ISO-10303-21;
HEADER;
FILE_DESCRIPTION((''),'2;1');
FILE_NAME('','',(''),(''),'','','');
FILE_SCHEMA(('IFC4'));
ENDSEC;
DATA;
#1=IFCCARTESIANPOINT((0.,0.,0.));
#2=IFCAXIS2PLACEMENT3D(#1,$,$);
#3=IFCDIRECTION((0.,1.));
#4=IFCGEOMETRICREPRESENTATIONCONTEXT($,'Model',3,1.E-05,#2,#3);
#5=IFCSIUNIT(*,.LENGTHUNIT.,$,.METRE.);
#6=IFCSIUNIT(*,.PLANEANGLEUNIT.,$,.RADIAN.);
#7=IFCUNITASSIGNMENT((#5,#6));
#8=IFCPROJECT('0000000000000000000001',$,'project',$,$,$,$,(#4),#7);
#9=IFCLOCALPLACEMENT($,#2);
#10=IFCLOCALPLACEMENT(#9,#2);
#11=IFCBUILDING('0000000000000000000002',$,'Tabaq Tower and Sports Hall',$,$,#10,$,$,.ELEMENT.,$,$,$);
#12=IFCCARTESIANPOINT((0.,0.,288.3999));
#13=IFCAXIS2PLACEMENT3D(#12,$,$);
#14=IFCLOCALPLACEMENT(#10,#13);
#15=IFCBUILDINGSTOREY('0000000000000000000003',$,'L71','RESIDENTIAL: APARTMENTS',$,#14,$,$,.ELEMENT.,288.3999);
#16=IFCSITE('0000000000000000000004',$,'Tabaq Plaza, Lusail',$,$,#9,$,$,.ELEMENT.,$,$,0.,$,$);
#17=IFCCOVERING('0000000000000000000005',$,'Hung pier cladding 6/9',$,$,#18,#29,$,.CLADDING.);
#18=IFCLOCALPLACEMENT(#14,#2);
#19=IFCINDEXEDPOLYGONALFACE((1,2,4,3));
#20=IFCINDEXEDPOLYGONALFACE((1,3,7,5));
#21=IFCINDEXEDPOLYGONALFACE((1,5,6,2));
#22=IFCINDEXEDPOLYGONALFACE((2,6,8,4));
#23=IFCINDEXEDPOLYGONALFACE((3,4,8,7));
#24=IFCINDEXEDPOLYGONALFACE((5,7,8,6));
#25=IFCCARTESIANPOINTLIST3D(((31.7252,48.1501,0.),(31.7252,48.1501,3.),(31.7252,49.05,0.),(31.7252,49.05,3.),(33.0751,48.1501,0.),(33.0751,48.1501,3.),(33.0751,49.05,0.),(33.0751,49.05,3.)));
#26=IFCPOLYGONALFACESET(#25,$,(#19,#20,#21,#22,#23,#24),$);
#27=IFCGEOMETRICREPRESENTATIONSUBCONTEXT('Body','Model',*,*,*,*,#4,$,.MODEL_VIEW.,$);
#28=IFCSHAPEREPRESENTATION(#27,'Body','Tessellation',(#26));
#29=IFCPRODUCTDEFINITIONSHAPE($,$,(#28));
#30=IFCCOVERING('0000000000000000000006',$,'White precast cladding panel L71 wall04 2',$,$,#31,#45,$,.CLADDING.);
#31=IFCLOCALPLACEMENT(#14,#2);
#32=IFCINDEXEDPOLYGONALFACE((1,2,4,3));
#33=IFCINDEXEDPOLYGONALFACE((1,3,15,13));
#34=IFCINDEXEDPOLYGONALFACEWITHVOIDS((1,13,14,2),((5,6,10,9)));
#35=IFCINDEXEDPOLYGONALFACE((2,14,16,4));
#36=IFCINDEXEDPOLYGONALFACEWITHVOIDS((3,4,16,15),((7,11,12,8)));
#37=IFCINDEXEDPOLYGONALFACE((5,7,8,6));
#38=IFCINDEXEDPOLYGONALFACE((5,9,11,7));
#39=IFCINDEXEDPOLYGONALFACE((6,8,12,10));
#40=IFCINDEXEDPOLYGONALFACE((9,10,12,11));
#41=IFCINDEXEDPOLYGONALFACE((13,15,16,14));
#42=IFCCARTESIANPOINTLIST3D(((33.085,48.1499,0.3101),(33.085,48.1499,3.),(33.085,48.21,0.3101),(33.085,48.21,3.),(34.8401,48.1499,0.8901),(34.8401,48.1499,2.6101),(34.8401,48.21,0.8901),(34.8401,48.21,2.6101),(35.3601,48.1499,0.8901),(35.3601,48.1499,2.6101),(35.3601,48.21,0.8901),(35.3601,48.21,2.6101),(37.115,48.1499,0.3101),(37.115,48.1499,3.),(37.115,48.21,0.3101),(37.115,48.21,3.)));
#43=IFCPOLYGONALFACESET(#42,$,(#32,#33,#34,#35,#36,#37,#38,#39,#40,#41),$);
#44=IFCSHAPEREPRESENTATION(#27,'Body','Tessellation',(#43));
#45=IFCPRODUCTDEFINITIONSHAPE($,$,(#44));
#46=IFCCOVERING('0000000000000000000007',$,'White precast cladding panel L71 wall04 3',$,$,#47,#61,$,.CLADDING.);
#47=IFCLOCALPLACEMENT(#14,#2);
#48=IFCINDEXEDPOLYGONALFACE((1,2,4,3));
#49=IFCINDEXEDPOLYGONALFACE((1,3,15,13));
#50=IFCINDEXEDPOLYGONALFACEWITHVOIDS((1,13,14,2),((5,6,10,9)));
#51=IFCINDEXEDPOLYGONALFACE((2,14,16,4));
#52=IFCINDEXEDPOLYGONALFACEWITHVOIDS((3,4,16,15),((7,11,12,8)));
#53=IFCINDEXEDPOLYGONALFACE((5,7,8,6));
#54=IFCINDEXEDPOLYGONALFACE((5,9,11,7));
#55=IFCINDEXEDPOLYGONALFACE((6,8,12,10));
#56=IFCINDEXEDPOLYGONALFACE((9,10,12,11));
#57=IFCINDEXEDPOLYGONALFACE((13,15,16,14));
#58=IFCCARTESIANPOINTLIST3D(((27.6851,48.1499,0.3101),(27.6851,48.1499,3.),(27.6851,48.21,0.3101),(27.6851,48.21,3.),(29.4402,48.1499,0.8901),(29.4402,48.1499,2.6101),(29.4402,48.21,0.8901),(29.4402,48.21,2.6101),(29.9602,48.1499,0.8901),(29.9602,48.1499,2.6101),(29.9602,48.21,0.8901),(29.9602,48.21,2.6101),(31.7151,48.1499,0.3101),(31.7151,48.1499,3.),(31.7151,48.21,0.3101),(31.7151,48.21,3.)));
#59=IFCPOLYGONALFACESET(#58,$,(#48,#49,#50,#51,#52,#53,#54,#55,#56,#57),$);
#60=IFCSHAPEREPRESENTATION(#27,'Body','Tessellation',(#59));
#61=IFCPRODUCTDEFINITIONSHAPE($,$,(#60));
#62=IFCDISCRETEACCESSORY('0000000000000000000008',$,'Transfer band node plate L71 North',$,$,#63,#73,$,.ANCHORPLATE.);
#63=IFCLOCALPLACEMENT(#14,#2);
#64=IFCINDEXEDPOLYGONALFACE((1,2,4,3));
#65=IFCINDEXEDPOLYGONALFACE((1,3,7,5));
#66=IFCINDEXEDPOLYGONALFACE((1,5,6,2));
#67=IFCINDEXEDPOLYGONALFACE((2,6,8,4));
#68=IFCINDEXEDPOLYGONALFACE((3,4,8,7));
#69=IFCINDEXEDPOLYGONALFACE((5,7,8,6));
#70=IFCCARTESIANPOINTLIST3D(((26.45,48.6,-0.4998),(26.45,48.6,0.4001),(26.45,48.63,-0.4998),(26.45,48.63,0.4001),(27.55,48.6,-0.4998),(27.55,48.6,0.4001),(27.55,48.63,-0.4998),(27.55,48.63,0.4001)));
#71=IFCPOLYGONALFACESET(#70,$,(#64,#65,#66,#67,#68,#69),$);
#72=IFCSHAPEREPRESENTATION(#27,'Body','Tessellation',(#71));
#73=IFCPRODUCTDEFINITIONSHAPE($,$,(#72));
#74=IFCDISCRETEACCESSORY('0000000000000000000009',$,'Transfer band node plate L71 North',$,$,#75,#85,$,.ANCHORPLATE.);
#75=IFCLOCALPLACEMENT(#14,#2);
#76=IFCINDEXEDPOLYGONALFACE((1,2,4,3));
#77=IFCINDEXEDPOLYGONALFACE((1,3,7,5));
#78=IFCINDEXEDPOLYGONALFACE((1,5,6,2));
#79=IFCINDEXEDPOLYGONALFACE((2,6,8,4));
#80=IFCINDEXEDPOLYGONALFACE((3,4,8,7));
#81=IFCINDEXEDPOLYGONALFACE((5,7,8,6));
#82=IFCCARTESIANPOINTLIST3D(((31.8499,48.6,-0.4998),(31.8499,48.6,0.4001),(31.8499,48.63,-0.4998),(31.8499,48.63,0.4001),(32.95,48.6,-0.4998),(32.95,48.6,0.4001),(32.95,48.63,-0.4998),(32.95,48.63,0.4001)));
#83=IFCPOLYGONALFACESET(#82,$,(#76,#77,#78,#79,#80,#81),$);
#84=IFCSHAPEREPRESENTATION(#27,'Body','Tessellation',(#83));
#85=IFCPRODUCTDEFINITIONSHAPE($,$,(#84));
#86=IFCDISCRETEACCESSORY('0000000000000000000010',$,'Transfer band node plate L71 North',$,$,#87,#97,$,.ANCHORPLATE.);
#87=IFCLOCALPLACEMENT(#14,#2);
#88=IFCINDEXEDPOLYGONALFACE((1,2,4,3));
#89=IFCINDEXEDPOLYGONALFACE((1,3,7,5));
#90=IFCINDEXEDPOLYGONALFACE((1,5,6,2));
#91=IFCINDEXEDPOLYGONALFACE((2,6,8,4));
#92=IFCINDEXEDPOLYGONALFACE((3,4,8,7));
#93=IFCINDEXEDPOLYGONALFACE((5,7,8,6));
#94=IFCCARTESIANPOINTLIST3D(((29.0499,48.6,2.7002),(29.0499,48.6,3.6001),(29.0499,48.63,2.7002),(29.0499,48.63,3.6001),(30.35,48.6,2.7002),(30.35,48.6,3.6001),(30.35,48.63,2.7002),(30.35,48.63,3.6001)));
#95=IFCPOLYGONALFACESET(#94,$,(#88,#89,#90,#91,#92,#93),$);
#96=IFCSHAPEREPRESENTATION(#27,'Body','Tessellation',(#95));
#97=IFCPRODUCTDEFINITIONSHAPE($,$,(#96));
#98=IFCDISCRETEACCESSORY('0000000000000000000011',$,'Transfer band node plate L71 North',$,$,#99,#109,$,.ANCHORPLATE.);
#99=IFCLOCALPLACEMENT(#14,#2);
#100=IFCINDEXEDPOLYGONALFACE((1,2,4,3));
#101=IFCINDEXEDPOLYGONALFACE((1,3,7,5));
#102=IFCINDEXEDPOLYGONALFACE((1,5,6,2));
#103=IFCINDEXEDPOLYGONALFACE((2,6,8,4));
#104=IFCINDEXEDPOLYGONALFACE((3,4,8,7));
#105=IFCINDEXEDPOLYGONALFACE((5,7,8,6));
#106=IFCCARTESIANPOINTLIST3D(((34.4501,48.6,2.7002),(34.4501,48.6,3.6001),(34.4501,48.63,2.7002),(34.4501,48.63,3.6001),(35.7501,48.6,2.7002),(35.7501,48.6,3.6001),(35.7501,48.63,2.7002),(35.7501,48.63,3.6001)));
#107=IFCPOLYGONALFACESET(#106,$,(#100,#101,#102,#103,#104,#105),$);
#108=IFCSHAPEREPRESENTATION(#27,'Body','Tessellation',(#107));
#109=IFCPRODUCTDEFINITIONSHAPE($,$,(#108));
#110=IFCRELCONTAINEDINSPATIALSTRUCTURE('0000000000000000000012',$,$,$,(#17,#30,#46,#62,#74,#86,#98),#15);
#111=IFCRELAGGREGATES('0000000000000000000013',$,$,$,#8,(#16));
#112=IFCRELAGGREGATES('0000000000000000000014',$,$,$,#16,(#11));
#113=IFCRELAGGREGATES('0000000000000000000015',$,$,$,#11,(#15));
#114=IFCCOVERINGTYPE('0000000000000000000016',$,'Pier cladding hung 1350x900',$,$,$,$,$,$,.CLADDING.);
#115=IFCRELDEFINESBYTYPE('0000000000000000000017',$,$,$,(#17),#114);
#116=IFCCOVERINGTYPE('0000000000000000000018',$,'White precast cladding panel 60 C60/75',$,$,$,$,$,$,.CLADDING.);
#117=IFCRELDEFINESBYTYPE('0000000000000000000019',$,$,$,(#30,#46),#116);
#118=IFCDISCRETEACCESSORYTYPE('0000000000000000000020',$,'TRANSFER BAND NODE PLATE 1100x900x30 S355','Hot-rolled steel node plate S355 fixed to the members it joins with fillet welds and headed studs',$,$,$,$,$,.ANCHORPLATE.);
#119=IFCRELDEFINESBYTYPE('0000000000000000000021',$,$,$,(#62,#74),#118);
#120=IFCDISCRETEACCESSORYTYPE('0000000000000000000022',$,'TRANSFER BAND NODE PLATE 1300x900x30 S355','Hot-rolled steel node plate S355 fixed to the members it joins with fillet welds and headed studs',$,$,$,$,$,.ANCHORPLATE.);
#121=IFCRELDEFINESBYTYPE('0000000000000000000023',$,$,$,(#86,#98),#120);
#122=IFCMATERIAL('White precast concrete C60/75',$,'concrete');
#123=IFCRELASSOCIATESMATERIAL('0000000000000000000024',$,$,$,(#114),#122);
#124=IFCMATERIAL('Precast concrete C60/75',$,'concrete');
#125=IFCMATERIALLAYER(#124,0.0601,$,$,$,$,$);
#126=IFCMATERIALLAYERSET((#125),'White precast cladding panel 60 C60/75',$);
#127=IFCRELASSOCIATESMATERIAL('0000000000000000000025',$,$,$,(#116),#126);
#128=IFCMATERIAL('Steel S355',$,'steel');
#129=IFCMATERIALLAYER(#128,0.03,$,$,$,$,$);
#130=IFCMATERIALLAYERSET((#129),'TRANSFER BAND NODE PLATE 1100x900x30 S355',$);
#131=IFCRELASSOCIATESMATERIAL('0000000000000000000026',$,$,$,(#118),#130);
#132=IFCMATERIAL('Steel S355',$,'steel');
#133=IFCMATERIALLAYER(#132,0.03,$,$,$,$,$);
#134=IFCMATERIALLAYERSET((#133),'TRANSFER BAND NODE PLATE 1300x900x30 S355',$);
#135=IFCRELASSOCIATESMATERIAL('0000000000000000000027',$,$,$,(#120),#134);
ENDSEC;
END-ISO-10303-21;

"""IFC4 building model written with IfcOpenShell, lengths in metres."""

from ifc_helpers import new_model, si_unit, direction, frame, frame_2d, origin, origin_2d, place, context, subcontext, project, spatial, polyline, rectangle, outline, extrude, material, layer, layer_set, type_object, element, save


model = new_model("IFC4")

# Units and contexts
model_context = context("Model", 3, precision=1e-05, world=origin(), true_north=direction((0.0, 1.0)))
body_context = subcontext(model_context, "Body", "Model", "MODEL_VIEW")
ifc_project = project(units=[si_unit("LENGTHUNIT", "METRE"), si_unit("PLANEANGLEUNIT", "RADIAN")], contexts=[model_context])

# Site, building, storey
site_placement = place(None, origin())
site = spatial("IfcSite", under=ifc_project, at=site_placement, Name="Tabaq Plaza, Lusail", CompositionType="ELEMENT", RefElevation=0.0)
building_placement = place(site_placement, origin())
building = spatial("IfcBuilding", under=site, at=building_placement, Name="Tabaq Tower and Sports Hall", CompositionType="ELEMENT")
storey_placement = place(building_placement, frame((0.0, 0.0, 288.3999)))
storey = spatial("IfcBuildingStorey", under=building, at=storey_placement, Name="L71", Description="RESIDENTIAL: APARTMENTS", CompositionType="ELEMENT", Elevation=288.3999)

# Coverings
ifc_material_1 = material(Name="White precast concrete C60/75", Category="concrete")
covering_type_1 = type_object("IfcCoveringType", Name="Pier cladding hung 1350x900", PredefinedType="CLADDING", material=ifc_material_1)
covering_1_placement = place(storey_placement, frame((33.075, 48.6001, 0.0), z_axis=(0.0, 0.0, 1.0), x_axis=(-1.0, 0.0, 0.0)))
element("IfcCovering", 1, at=covering_1_placement, inside=storey, type_object=covering_type_1, Name="Hung pier cladding 6/9", PredefinedType="CLADDING", context=body_context, shape_type="SweptSolid", body=[
    extrude(rectangle(XDim=1.3499, YDim=0.8999, at=frame_2d((0.6748, 0.0))), origin(), (0.0, 0.0, 1.0), 3.0),
])
ifc_material_2 = material(Name="Precast concrete C60/75", Category="concrete")
ifc_layer_1 = layer(ifc_material_2, 0.0601)
ifc_layer_set_1 = layer_set([ifc_layer_1], Name="White precast cladding panel 60 C60/75")
covering_type_2 = type_object("IfcCoveringType", Name="White precast cladding panel 60 C60/75", PredefinedType="CLADDING", material=ifc_layer_set_1)
for number, where, z_axis, x_axis, name in (
    (2, (37.115, 48.1799, 0.3101), (0.0, 0.0, 1.0), (-1.0, 0.0, 0.0), "White precast cladding panel L71 wall04 2"),
    (3, (31.7151, 48.1799, 0.3101), (0.0, 0.0, 1.0), (-1.0, 0.0, 0.0), "White precast cladding panel L71 wall04 3"),
):
    element("IfcCovering", number, at=place(storey_placement, frame(where, z_axis=z_axis, x_axis=x_axis)), inside=storey, type_object=covering_type_2, Name=name, PredefinedType="CLADDING", context=body_context, shape_type="SweptSolid", body=[
        extrude(outline(polyline([(0.0, 0.0), (4.03, 0.0), (4.03, 2.6899), (0.0, 2.6899), (0.0, 0.0)]), holes=[polyline([(1.7549, 0.5801), (1.7549, 2.3), (2.2749, 2.3), (2.2749, 0.5801), (1.7549, 0.5801)])]), frame((0.0, 0.03, 0.0), z_axis=(0.0, -1.0, 0.0), x_axis=(1.0, 0.0, 0.0)), (0.0, 0.0, 1.0), 0.0601),
    ])

# Discrete accessories
ifc_material_3 = material(Name="Steel S355", Category="steel")
ifc_layer_2 = layer(ifc_material_3, 0.03)
ifc_layer_set_2 = layer_set([ifc_layer_2], Name="TRANSFER BAND NODE PLATE 1100x900x30 S355")
discrete_accessory_type_1 = type_object("IfcDiscreteAccessoryType", Name="TRANSFER BAND NODE PLATE 1100x900x30 S355", Description="Hot-rolled steel node plate S355 fixed to the members it joins with fillet welds and headed studs", PredefinedType="ANCHORPLATE", material=ifc_layer_set_2)
for number, where, z_axis, x_axis, name in (
    (4, (27.0, 48.615, -0.4998), (0.0, 0.0, 1.0), (-1.0, 0.0, 0.0), "Transfer band node plate L71 North"),
    (5, (32.3999, 48.615, -0.4998), (0.0, 0.0, 1.0), (-1.0, 0.0, 0.0), "Transfer band node plate L71 North"),
):
    element("IfcDiscreteAccessory", number, at=place(storey_placement, frame(where, z_axis=z_axis, x_axis=x_axis)), inside=storey, type_object=discrete_accessory_type_1, Name=name, PredefinedType="ANCHORPLATE", context=body_context, shape_type="SweptSolid", body=[
        extrude(rectangle(XDim=1.1001, YDim=0.03, at=origin_2d()), origin(), (0.0, 0.0, 1.0), 0.8999),
    ])
ifc_material_4 = material(Name="Steel S355", Category="steel")
ifc_layer_3 = layer(ifc_material_4, 0.03)
ifc_layer_set_3 = layer_set([ifc_layer_3], Name="TRANSFER BAND NODE PLATE 1300x900x30 S355")
discrete_accessory_type_2 = type_object("IfcDiscreteAccessoryType", Name="TRANSFER BAND NODE PLATE 1300x900x30 S355", Description="Hot-rolled steel node plate S355 fixed to the members it joins with fillet welds and headed studs", PredefinedType="ANCHORPLATE", material=ifc_layer_set_3)
for number, where, z_axis, x_axis, name in (
    (6, (29.7, 48.615, 2.7002), (0.0, 0.0, 1.0), (-1.0, 0.0, 0.0), "Transfer band node plate L71 North"),
    (7, (35.1001, 48.615, 2.7002), (0.0, 0.0, 1.0), (-1.0, 0.0, 0.0), "Transfer band node plate L71 North"),
):
    element("IfcDiscreteAccessory", number, at=place(storey_placement, frame(where, z_axis=z_axis, x_axis=x_axis)), inside=storey, type_object=discrete_accessory_type_2, Name=name, PredefinedType="ANCHORPLATE", context=body_context, shape_type="SweptSolid", body=[
        extrude(rectangle(XDim=1.3, YDim=0.03, at=origin_2d()), origin(), (0.0, 0.0, 1.0), 0.8999),
    ])

save(model, "model.ifc")
